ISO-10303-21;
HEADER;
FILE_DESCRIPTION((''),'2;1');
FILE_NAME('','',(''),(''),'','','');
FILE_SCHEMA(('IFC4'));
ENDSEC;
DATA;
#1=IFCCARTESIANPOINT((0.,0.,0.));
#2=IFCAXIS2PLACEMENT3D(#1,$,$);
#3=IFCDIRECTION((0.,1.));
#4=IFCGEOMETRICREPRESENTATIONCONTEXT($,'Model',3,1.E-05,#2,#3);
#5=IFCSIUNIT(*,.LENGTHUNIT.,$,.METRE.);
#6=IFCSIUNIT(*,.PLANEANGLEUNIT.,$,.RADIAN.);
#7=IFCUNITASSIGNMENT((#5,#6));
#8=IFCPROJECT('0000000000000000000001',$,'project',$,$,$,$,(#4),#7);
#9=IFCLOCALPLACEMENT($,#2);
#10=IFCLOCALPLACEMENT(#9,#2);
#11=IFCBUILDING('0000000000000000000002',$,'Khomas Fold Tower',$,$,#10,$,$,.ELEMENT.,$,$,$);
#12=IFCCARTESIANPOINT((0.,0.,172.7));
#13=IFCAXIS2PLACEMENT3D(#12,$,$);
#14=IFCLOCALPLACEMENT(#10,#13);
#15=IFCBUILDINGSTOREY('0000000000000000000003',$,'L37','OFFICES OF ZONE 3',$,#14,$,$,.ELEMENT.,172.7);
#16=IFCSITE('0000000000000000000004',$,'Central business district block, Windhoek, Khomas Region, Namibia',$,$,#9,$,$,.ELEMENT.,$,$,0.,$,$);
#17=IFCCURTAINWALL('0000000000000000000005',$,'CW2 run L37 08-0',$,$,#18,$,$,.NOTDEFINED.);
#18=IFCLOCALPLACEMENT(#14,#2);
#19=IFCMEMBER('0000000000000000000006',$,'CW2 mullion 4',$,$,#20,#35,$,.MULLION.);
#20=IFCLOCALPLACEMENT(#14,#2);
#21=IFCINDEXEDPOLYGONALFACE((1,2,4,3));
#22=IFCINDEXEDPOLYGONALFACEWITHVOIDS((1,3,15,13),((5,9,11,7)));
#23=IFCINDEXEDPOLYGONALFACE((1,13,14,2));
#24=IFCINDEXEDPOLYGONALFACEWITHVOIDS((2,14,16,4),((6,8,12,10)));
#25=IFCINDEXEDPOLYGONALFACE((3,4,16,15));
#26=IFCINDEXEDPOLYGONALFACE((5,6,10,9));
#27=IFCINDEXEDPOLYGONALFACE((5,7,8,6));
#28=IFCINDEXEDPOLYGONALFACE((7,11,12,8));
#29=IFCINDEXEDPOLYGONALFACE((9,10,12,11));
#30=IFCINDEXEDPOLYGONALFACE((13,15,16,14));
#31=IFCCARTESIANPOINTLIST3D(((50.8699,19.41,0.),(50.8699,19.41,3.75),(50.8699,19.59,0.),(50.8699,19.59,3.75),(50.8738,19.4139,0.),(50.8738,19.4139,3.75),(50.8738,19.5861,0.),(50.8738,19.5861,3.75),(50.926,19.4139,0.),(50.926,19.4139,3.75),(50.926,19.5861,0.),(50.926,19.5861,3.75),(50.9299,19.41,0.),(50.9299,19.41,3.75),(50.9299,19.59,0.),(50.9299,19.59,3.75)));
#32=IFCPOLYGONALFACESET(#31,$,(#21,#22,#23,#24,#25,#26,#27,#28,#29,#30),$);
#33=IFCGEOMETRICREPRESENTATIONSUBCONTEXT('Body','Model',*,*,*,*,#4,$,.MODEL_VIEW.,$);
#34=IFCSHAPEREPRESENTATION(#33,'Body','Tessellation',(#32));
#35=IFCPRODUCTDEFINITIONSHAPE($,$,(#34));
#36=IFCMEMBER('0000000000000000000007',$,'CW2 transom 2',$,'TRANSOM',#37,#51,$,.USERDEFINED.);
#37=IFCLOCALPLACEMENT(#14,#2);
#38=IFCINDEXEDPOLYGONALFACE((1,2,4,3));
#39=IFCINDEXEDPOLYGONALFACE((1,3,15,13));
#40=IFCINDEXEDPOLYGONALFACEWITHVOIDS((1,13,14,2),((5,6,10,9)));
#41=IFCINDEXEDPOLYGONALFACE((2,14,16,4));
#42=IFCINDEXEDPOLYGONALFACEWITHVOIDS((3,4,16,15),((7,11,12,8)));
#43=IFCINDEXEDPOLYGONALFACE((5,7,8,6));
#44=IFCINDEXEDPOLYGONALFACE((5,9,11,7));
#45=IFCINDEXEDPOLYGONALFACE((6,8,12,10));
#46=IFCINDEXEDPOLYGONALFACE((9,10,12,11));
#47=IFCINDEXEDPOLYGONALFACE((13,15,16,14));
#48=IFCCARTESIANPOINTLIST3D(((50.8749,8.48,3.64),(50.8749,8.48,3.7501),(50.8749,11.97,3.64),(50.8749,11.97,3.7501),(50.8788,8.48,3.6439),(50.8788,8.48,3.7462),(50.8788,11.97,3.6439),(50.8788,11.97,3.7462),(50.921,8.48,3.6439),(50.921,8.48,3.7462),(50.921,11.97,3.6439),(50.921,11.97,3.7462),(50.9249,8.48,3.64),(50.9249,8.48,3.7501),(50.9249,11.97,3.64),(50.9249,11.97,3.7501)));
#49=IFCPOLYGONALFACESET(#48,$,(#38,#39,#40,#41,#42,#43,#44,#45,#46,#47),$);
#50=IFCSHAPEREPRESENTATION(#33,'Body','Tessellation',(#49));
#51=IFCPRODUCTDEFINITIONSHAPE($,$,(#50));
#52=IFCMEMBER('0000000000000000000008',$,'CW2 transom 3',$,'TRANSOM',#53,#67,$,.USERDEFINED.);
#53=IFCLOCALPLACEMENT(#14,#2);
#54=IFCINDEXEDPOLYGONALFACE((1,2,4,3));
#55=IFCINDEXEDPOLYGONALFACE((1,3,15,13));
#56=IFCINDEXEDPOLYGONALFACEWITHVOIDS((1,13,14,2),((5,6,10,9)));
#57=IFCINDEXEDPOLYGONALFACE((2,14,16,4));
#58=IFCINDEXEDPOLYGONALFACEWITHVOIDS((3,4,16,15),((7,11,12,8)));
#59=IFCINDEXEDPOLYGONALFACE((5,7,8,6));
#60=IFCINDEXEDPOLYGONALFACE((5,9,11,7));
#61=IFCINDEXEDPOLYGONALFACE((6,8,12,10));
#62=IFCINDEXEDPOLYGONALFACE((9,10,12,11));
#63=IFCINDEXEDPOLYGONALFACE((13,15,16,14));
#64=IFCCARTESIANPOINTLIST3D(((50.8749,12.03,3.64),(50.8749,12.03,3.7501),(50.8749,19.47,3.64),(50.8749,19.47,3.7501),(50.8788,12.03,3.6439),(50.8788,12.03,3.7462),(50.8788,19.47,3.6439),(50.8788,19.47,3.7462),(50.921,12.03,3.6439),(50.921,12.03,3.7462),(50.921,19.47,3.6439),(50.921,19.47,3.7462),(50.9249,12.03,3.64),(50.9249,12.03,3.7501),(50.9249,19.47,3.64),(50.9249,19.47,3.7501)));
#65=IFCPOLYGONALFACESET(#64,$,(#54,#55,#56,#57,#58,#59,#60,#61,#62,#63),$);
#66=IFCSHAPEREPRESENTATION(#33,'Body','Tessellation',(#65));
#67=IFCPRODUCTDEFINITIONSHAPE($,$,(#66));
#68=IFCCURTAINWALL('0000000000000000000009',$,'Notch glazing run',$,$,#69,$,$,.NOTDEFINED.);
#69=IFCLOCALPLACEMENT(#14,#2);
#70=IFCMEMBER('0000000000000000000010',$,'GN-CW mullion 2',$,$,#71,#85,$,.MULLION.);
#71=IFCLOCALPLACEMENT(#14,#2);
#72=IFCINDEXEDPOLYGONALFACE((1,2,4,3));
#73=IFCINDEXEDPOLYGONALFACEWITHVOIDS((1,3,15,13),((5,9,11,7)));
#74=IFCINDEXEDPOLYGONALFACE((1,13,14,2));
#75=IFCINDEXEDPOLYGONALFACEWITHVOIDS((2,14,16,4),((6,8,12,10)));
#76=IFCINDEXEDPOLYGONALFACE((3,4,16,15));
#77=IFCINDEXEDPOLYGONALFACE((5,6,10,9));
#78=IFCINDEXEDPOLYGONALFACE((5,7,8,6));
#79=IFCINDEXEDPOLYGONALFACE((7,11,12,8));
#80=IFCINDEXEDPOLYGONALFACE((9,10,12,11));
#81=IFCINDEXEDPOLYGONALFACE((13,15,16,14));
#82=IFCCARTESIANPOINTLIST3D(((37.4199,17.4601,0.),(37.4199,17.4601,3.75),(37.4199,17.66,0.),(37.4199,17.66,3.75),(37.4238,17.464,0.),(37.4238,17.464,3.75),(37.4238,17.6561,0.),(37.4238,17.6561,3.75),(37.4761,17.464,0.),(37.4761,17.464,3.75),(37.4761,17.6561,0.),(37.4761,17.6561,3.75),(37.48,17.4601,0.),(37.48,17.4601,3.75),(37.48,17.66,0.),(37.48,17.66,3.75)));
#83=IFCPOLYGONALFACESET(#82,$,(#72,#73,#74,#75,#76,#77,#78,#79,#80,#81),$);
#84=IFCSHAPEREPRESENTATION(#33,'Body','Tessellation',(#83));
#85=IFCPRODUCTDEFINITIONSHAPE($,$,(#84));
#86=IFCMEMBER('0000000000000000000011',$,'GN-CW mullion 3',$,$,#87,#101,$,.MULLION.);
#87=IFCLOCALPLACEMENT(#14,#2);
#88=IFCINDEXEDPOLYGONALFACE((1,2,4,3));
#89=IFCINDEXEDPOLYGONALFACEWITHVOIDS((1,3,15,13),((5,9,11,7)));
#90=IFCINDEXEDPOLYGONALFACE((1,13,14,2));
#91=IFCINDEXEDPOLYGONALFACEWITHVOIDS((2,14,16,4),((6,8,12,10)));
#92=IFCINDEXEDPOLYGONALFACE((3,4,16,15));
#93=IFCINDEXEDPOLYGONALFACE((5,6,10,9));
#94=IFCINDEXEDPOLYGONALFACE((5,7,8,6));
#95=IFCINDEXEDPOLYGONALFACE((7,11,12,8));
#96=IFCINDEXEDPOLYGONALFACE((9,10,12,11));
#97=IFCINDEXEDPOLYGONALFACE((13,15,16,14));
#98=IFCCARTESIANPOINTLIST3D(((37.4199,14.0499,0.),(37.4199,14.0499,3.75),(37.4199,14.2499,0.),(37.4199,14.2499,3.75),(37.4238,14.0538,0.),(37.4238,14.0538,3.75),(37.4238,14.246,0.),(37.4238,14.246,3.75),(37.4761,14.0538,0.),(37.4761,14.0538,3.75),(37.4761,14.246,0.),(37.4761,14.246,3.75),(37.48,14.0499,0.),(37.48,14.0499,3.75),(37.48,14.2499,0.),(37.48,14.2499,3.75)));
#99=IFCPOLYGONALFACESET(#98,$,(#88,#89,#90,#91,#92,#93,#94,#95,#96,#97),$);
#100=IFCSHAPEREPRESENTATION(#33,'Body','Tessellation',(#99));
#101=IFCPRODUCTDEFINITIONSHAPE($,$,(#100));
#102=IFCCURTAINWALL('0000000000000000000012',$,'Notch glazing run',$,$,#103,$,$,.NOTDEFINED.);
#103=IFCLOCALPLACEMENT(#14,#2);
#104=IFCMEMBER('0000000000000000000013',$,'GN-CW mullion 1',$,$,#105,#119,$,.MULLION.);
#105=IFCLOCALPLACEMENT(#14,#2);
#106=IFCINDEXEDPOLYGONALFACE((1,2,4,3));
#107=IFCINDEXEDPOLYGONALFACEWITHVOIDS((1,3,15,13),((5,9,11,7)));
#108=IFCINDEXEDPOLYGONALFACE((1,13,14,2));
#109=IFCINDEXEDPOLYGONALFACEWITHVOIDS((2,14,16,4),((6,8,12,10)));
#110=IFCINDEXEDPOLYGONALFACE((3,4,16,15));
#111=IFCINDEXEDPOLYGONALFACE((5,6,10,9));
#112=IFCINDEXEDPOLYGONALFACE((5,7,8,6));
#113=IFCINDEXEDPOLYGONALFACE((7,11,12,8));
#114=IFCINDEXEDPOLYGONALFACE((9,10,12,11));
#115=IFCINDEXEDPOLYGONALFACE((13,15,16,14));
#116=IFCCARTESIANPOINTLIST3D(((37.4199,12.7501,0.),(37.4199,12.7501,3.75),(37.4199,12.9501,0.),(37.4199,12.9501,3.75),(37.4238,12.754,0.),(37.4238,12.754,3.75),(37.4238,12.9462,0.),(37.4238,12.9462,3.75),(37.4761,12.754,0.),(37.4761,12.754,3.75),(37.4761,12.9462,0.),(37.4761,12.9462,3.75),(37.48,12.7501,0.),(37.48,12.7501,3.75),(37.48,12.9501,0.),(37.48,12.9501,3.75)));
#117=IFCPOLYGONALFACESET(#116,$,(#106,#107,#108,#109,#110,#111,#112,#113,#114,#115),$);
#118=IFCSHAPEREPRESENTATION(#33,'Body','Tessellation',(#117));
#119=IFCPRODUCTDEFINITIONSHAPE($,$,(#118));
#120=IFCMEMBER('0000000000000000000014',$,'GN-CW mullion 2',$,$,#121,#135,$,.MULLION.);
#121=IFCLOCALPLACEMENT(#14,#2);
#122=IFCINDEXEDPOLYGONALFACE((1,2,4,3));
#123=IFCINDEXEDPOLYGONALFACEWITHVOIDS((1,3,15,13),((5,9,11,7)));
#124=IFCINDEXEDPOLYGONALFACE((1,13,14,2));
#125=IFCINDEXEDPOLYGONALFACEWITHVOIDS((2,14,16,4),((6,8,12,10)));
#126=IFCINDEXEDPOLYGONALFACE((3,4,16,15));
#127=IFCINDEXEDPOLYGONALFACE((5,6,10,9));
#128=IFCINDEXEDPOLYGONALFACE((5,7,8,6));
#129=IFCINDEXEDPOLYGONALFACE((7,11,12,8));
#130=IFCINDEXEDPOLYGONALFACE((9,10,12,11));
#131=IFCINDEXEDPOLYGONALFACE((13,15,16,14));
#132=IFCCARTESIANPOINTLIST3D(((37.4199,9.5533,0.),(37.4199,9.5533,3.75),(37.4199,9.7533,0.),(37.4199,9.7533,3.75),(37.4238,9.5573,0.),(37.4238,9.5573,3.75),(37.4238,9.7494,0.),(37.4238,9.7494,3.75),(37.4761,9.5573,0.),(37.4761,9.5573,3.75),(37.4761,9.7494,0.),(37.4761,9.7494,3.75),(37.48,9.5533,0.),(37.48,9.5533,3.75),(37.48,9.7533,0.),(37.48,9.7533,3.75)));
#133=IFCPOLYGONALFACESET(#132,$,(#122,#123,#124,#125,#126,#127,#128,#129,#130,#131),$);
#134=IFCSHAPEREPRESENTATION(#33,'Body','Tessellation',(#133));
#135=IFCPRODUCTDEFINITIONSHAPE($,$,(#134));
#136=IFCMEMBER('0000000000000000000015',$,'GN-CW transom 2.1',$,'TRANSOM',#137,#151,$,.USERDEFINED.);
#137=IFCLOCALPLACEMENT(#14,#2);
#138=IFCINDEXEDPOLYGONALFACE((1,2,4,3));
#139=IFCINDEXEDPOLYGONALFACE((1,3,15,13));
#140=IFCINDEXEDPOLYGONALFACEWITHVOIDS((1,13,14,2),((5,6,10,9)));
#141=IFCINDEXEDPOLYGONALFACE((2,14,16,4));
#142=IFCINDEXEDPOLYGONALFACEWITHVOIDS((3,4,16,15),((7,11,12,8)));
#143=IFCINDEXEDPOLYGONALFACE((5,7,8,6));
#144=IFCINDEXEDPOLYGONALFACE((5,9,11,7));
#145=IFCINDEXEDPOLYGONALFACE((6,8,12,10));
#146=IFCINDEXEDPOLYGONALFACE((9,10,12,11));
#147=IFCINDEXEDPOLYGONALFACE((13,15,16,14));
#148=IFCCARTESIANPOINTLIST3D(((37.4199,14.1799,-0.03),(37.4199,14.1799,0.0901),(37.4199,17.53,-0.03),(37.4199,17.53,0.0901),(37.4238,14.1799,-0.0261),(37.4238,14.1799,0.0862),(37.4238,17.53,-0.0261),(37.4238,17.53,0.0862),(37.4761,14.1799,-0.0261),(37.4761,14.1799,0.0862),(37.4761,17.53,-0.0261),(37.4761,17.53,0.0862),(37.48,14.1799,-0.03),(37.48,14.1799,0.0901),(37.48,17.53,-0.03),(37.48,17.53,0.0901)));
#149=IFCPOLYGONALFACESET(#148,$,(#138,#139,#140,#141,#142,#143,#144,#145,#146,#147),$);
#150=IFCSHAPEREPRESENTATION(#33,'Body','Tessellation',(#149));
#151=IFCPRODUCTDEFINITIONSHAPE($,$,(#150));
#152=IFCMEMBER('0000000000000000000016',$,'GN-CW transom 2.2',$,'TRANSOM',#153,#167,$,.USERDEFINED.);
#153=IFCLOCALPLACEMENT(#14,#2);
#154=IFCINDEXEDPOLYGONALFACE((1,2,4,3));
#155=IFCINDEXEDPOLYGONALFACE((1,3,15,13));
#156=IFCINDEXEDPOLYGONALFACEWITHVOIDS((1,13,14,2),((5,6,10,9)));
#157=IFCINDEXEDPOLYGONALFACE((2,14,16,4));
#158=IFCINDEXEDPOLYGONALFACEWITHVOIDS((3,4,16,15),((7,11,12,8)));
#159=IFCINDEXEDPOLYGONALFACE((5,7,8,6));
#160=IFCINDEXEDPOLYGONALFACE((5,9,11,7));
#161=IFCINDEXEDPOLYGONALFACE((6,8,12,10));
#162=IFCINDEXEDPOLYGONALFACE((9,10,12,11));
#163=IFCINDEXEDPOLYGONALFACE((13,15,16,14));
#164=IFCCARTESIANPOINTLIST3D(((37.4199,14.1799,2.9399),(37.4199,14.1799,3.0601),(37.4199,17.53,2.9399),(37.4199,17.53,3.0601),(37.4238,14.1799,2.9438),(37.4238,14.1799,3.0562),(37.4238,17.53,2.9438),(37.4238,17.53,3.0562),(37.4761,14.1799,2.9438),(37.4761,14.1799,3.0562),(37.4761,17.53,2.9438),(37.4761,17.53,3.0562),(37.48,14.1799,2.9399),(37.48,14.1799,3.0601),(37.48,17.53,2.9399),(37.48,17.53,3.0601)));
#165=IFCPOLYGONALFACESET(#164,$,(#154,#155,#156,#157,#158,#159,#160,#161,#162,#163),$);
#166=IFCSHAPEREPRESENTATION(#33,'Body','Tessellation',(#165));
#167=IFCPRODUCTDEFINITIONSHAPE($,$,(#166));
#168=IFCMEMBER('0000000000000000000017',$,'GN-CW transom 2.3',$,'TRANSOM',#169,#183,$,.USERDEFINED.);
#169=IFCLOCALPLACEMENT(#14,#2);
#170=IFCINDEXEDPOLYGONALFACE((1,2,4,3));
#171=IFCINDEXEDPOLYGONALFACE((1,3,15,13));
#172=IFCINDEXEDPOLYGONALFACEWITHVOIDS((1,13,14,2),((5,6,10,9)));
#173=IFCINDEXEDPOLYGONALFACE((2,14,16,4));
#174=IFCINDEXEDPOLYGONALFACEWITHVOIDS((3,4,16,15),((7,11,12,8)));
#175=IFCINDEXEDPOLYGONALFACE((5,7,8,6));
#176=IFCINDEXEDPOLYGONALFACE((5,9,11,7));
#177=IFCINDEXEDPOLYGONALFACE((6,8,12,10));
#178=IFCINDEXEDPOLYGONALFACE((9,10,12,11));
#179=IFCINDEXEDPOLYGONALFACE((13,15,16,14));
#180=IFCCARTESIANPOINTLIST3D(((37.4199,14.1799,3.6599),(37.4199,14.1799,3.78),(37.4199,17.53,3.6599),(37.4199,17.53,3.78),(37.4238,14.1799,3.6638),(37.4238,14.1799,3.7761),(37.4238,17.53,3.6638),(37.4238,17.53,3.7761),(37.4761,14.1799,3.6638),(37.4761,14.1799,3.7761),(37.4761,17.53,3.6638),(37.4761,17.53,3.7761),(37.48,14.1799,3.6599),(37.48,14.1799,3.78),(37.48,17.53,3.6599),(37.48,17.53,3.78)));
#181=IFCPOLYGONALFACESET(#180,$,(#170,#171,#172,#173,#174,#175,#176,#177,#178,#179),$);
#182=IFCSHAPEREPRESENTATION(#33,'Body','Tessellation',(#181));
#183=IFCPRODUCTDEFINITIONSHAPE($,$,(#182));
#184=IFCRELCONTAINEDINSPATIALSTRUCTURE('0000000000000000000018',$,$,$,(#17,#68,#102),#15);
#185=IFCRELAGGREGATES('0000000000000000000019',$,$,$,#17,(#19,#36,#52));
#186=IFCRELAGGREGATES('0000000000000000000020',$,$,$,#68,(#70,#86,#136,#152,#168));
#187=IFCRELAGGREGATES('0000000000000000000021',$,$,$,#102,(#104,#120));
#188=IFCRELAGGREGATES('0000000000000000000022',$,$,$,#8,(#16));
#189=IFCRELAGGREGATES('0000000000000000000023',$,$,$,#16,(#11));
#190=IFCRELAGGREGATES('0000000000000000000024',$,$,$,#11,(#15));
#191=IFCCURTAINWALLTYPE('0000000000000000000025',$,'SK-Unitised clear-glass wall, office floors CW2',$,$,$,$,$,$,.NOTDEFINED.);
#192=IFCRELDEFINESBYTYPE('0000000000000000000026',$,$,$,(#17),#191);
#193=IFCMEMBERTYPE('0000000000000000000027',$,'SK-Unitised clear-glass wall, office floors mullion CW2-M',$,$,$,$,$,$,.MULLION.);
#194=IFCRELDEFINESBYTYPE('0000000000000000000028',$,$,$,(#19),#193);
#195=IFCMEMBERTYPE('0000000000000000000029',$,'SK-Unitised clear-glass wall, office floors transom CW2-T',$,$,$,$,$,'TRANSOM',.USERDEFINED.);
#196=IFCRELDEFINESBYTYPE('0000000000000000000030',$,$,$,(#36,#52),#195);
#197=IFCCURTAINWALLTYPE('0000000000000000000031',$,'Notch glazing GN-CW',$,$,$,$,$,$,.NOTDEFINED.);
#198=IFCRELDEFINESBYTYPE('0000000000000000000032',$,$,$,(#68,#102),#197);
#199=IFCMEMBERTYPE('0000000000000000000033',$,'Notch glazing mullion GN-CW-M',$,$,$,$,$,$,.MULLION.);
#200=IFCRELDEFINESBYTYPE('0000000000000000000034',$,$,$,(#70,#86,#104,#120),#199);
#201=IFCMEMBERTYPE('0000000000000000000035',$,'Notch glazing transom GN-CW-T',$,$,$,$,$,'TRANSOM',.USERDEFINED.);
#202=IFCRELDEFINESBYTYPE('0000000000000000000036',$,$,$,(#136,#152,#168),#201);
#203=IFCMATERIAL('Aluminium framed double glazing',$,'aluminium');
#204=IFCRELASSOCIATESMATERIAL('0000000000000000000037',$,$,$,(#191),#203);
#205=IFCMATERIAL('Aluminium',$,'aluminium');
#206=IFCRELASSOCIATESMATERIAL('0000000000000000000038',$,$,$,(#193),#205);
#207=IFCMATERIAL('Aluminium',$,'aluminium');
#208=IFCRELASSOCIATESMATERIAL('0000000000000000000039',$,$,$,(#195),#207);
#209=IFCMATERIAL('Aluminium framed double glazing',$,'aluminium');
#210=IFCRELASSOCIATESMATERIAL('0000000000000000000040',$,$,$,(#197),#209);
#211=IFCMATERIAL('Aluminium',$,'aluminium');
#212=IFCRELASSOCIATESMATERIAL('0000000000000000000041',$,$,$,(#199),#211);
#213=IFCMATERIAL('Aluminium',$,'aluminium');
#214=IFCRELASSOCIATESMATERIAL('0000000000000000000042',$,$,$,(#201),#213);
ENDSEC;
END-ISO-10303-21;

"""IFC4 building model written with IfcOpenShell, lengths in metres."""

from ifc_helpers import new_model, si_unit, direction, frame, origin, origin_2d, place, context, subcontext, project, spatial, hollow_rectangle, extrude, source, transform, mapped, material, material_profile, profile_set, type_object, element, aggregate, save


model = new_model("IFC4")

# Units and contexts
model_context = context("Model", 3, precision=1e-05, world=origin(), true_north=direction((0.0, 1.0)))
body_context = subcontext(model_context, "Body", "Model", "MODEL_VIEW")
ifc_project = project(units=[si_unit("LENGTHUNIT", "METRE"), si_unit("PLANEANGLEUNIT", "RADIAN")], contexts=[model_context])

# Site, building, storey
site_placement = place(None, origin())
site = spatial("IfcSite", under=ifc_project, at=site_placement, Name="Central business district block, Windhoek, Khomas Region, Namibia", CompositionType="ELEMENT", RefElevation=0.0)
building_placement = place(site_placement, origin())
building = spatial("IfcBuilding", under=site, at=building_placement, Name="Khomas Fold Tower", CompositionType="ELEMENT")
storey_placement = place(building_placement, frame((0.0, 0.0, 172.7)))
storey = spatial("IfcBuildingStorey", under=building, at=storey_placement, Name="L37", Description="OFFICES OF ZONE 3", CompositionType="ELEMENT", Elevation=172.7)

# Curtain walls, members
ifc_material_1 = material(Name="Aluminium framed double glazing", Category="aluminium")
curtain_wall_type_1 = type_object("IfcCurtainWallType", Name="SK-Unitised clear-glass wall, office floors CW2", PredefinedType="NOTDEFINED", material=ifc_material_1)
curtain_wall_1_placement = place(storey_placement, origin())
curtain_wall_1 = element("IfcCurtainWall", 1, at=curtain_wall_1_placement, inside=storey, type_object=curtain_wall_type_1, Name="CW2 run L37 08-0", PredefinedType="NOTDEFINED")
ifc_material_2 = material(Name="Aluminium", Category="aluminium")
ifc_material_profile_1 = material_profile(ifc_material_2, hollow_rectangle(XDim=0.0601, YDim=0.1799, WallThickness=0.0039, at=origin_2d()), Name="SK-Unitised clear-glass wall, office floors mullion CW2-M")
ifc_profile_set_1 = profile_set([ifc_material_profile_1], Name="Aluminium")
member_type_1 = type_object("IfcMemberType", Name="SK-Unitised clear-glass wall, office floors mullion CW2-M", PredefinedType="MULLION", material=ifc_profile_set_1)
shared_shape_1 = source(origin(), body_context, "Body", "SweptSolid", [
    extrude(hollow_rectangle(XDim=0.0601, YDim=0.1799, WallThickness=0.0039, at=origin_2d()), origin(), (0.0, 0.0, 1.0), 3.75),
])
member_1_placement = place(storey_placement, frame((50.8999, 19.5, 0.0), z_axis=(0.0, 0.0, 1.0), x_axis=(-1.0, 0.0, 0.0)))
member_1 = element("IfcMember", 2, at=member_1_placement, type_object=member_type_1, Name="CW2 mullion 4", PredefinedType="MULLION", context=body_context, shape_type="MappedRepresentation", body=[
    mapped(shared_shape_1, transform((0.0, 0.0, 0.0))),
])
ifc_material_3 = material(Name="Aluminium", Category="aluminium")
ifc_material_profile_2 = material_profile(ifc_material_3, hollow_rectangle(XDim=0.05, YDim=0.1101, WallThickness=0.0039, at=origin_2d()), Name="SK-Unitised clear-glass wall, office floors transom CW2-T")
ifc_profile_set_2 = profile_set([ifc_material_profile_2], Name="Aluminium")
member_type_2 = type_object("IfcMemberType", Name="SK-Unitised clear-glass wall, office floors transom CW2-T", ElementType="TRANSOM", PredefinedType="USERDEFINED", material=ifc_profile_set_2)
shared_shape_2 = source(origin(), body_context, "Body", "SweptSolid", [
    extrude(hollow_rectangle(XDim=0.05, YDim=0.1101, WallThickness=0.0039, at=origin_2d()), origin(), (0.0, 0.0, 1.0), 3.49),
])
member_2_placement = place(storey_placement, frame((50.8999, 8.48, 3.6951), z_axis=(0.0, 1.0, 0.0), x_axis=(-1.0, 0.0, 0.0)))
member_2 = element("IfcMember", 3, at=member_2_placement, type_object=member_type_2, Name="CW2 transom 2", ObjectType="TRANSOM", PredefinedType="USERDEFINED", context=body_context, shape_type="MappedRepresentation", body=[
    mapped(shared_shape_2, transform((0.0, 0.0, 0.0))),
])
shared_shape_3 = source(origin(), body_context, "Body", "SweptSolid", [
    extrude(hollow_rectangle(XDim=0.05, YDim=0.1101, WallThickness=0.0039, at=origin_2d()), origin(), (0.0, 0.0, 1.0), 7.4399),
])
member_3_placement = place(storey_placement, frame((50.8999, 12.03, 3.6951), z_axis=(0.0, 1.0, 0.0), x_axis=(-1.0, 0.0, 0.0)))
member_3 = element("IfcMember", 4, at=member_3_placement, type_object=member_type_2, Name="CW2 transom 3", ObjectType="TRANSOM", PredefinedType="USERDEFINED", context=body_context, shape_type="MappedRepresentation", body=[
    mapped(shared_shape_3, transform((0.0, 0.0, 0.0))),
])
ifc_material_4 = material(Name="Aluminium framed double glazing", Category="aluminium")
curtain_wall_type_2 = type_object("IfcCurtainWallType", Name="Notch glazing GN-CW", PredefinedType="NOTDEFINED", material=ifc_material_4)
curtain_wall_2_placement = place(storey_placement, origin())
curtain_wall_2 = element("IfcCurtainWall", 5, at=curtain_wall_2_placement, inside=storey, type_object=curtain_wall_type_2, Name="Notch glazing run", PredefinedType="NOTDEFINED")
ifc_material_5 = material(Name="Aluminium", Category="aluminium")
ifc_material_profile_3 = material_profile(ifc_material_5, hollow_rectangle(XDim=0.0601, YDim=0.2, WallThickness=0.0039, at=origin_2d()), Name="Notch glazing mullion GN-CW-M")
ifc_profile_set_3 = profile_set([ifc_material_profile_3], Name="Aluminium")
member_type_3 = type_object("IfcMemberType", Name="Notch glazing mullion GN-CW-M", PredefinedType="MULLION", material=ifc_profile_set_3)
shared_shape_4 = source(origin(), body_context, "Body", "SweptSolid", [
    extrude(hollow_rectangle(XDim=0.0601, YDim=0.2, WallThickness=0.0039, at=origin_2d()), origin(), (0.0, 0.0, 1.0), 3.75),
])
member_4_placement = place(storey_placement, frame((37.45, 17.5601, 0.0), z_axis=(0.0, 0.0, 1.0), x_axis=(1.0, 0.0, 0.0)))
member_4 = element("IfcMember", 6, at=member_4_placement, type_object=member_type_3, Name="GN-CW mullion 2", PredefinedType="MULLION", context=body_context, shape_type="MappedRepresentation", body=[
    mapped(shared_shape_4, transform((0.0, 0.0, 0.0))),
])
member_5_placement = place(storey_placement, frame((37.45, 14.1499, 0.0), z_axis=(0.0, 0.0, 1.0), x_axis=(1.0, 0.0, 0.0)))
member_5 = element("IfcMember", 7, at=member_5_placement, type_object=member_type_3, Name="GN-CW mullion 3", PredefinedType="MULLION", context=body_context, shape_type="MappedRepresentation", body=[
    mapped(shared_shape_4, transform((0.0, 0.0, 0.0))),
])
curtain_wall_3_placement = place(storey_placement, origin())
curtain_wall_3 = element("IfcCurtainWall", 8, at=curtain_wall_3_placement, inside=storey, type_object=curtain_wall_type_2, Name="Notch glazing run", PredefinedType="NOTDEFINED")
member_6_placement = place(storey_placement, frame((37.45, 12.8501, 0.0), z_axis=(0.0, 0.0, 1.0), x_axis=(1.0, 0.0, 0.0)))
member_6 = element("IfcMember", 9, at=member_6_placement, type_object=member_type_3, Name="GN-CW mullion 1", PredefinedType="MULLION", context=body_context, shape_type="MappedRepresentation", body=[
    mapped(shared_shape_4, transform((0.0, 0.0, 0.0))),
])
member_7_placement = place(storey_placement, frame((37.45, 9.6533, 0.0), z_axis=(0.0, 0.0, 1.0), x_axis=(1.0, 0.0, 0.0)))
member_7 = element("IfcMember", 10, at=member_7_placement, type_object=member_type_3, Name="GN-CW mullion 2", PredefinedType="MULLION", context=body_context, shape_type="MappedRepresentation", body=[
    mapped(shared_shape_4, transform((0.0, 0.0, 0.0))),
])

# Members
ifc_material_6 = material(Name="Aluminium", Category="aluminium")
ifc_material_profile_4 = material_profile(ifc_material_6, hollow_rectangle(XDim=0.0601, YDim=0.1201, WallThickness=0.0039, at=origin_2d()), Name="Notch glazing transom GN-CW-T")
ifc_profile_set_4 = profile_set([ifc_material_profile_4], Name="Aluminium")
member_type_4 = type_object("IfcMemberType", Name="Notch glazing transom GN-CW-T", ElementType="TRANSOM", PredefinedType="USERDEFINED", material=ifc_profile_set_4)
shared_shape_5 = source(origin(), body_context, "Body", "SweptSolid", [
    extrude(hollow_rectangle(XDim=0.0601, YDim=0.1201, WallThickness=0.0039, at=origin_2d()), origin(), (0.0, 0.0, 1.0), 3.3501),
])
member_8_placement = place(storey_placement, frame((37.45, 17.53, 0.03), z_axis=(0.0, -1.0, 0.0), x_axis=(1.0, 0.0, 0.0)))
member_8 = element("IfcMember", 11, at=member_8_placement, type_object=member_type_4, Name="GN-CW transom 2.1", ObjectType="TRANSOM", PredefinedType="USERDEFINED", context=body_context, shape_type="MappedRepresentation", body=[
    mapped(shared_shape_5, transform((0.0, 0.0, 0.0))),
])
member_9_placement = place(storey_placement, frame((37.45, 17.53, 3.0), z_axis=(0.0, -1.0, 0.0), x_axis=(1.0, 0.0, 0.0)))
member_9 = element("IfcMember", 12, at=member_9_placement, type_object=member_type_4, Name="GN-CW transom 2.2", ObjectType="TRANSOM", PredefinedType="USERDEFINED", context=body_context, shape_type="MappedRepresentation", body=[
    mapped(shared_shape_5, transform((0.0, 0.0, 0.0))),
])
member_10_placement = place(storey_placement, frame((37.45, 17.53, 3.72), z_axis=(0.0, -1.0, 0.0), x_axis=(1.0, 0.0, 0.0)))
member_10 = element("IfcMember", 13, at=member_10_placement, type_object=member_type_4, Name="GN-CW transom 2.3", ObjectType="TRANSOM", PredefinedType="USERDEFINED", context=body_context, shape_type="MappedRepresentation", body=[
    mapped(shared_shape_5, transform((0.0, 0.0, 0.0))),
])

aggregate(curtain_wall_1, [member_1, member_2, member_3])
aggregate(curtain_wall_2, [member_4, member_5, member_8, member_9, member_10])
aggregate(curtain_wall_3, [member_6, member_7])

save(model, "model.ifc")
